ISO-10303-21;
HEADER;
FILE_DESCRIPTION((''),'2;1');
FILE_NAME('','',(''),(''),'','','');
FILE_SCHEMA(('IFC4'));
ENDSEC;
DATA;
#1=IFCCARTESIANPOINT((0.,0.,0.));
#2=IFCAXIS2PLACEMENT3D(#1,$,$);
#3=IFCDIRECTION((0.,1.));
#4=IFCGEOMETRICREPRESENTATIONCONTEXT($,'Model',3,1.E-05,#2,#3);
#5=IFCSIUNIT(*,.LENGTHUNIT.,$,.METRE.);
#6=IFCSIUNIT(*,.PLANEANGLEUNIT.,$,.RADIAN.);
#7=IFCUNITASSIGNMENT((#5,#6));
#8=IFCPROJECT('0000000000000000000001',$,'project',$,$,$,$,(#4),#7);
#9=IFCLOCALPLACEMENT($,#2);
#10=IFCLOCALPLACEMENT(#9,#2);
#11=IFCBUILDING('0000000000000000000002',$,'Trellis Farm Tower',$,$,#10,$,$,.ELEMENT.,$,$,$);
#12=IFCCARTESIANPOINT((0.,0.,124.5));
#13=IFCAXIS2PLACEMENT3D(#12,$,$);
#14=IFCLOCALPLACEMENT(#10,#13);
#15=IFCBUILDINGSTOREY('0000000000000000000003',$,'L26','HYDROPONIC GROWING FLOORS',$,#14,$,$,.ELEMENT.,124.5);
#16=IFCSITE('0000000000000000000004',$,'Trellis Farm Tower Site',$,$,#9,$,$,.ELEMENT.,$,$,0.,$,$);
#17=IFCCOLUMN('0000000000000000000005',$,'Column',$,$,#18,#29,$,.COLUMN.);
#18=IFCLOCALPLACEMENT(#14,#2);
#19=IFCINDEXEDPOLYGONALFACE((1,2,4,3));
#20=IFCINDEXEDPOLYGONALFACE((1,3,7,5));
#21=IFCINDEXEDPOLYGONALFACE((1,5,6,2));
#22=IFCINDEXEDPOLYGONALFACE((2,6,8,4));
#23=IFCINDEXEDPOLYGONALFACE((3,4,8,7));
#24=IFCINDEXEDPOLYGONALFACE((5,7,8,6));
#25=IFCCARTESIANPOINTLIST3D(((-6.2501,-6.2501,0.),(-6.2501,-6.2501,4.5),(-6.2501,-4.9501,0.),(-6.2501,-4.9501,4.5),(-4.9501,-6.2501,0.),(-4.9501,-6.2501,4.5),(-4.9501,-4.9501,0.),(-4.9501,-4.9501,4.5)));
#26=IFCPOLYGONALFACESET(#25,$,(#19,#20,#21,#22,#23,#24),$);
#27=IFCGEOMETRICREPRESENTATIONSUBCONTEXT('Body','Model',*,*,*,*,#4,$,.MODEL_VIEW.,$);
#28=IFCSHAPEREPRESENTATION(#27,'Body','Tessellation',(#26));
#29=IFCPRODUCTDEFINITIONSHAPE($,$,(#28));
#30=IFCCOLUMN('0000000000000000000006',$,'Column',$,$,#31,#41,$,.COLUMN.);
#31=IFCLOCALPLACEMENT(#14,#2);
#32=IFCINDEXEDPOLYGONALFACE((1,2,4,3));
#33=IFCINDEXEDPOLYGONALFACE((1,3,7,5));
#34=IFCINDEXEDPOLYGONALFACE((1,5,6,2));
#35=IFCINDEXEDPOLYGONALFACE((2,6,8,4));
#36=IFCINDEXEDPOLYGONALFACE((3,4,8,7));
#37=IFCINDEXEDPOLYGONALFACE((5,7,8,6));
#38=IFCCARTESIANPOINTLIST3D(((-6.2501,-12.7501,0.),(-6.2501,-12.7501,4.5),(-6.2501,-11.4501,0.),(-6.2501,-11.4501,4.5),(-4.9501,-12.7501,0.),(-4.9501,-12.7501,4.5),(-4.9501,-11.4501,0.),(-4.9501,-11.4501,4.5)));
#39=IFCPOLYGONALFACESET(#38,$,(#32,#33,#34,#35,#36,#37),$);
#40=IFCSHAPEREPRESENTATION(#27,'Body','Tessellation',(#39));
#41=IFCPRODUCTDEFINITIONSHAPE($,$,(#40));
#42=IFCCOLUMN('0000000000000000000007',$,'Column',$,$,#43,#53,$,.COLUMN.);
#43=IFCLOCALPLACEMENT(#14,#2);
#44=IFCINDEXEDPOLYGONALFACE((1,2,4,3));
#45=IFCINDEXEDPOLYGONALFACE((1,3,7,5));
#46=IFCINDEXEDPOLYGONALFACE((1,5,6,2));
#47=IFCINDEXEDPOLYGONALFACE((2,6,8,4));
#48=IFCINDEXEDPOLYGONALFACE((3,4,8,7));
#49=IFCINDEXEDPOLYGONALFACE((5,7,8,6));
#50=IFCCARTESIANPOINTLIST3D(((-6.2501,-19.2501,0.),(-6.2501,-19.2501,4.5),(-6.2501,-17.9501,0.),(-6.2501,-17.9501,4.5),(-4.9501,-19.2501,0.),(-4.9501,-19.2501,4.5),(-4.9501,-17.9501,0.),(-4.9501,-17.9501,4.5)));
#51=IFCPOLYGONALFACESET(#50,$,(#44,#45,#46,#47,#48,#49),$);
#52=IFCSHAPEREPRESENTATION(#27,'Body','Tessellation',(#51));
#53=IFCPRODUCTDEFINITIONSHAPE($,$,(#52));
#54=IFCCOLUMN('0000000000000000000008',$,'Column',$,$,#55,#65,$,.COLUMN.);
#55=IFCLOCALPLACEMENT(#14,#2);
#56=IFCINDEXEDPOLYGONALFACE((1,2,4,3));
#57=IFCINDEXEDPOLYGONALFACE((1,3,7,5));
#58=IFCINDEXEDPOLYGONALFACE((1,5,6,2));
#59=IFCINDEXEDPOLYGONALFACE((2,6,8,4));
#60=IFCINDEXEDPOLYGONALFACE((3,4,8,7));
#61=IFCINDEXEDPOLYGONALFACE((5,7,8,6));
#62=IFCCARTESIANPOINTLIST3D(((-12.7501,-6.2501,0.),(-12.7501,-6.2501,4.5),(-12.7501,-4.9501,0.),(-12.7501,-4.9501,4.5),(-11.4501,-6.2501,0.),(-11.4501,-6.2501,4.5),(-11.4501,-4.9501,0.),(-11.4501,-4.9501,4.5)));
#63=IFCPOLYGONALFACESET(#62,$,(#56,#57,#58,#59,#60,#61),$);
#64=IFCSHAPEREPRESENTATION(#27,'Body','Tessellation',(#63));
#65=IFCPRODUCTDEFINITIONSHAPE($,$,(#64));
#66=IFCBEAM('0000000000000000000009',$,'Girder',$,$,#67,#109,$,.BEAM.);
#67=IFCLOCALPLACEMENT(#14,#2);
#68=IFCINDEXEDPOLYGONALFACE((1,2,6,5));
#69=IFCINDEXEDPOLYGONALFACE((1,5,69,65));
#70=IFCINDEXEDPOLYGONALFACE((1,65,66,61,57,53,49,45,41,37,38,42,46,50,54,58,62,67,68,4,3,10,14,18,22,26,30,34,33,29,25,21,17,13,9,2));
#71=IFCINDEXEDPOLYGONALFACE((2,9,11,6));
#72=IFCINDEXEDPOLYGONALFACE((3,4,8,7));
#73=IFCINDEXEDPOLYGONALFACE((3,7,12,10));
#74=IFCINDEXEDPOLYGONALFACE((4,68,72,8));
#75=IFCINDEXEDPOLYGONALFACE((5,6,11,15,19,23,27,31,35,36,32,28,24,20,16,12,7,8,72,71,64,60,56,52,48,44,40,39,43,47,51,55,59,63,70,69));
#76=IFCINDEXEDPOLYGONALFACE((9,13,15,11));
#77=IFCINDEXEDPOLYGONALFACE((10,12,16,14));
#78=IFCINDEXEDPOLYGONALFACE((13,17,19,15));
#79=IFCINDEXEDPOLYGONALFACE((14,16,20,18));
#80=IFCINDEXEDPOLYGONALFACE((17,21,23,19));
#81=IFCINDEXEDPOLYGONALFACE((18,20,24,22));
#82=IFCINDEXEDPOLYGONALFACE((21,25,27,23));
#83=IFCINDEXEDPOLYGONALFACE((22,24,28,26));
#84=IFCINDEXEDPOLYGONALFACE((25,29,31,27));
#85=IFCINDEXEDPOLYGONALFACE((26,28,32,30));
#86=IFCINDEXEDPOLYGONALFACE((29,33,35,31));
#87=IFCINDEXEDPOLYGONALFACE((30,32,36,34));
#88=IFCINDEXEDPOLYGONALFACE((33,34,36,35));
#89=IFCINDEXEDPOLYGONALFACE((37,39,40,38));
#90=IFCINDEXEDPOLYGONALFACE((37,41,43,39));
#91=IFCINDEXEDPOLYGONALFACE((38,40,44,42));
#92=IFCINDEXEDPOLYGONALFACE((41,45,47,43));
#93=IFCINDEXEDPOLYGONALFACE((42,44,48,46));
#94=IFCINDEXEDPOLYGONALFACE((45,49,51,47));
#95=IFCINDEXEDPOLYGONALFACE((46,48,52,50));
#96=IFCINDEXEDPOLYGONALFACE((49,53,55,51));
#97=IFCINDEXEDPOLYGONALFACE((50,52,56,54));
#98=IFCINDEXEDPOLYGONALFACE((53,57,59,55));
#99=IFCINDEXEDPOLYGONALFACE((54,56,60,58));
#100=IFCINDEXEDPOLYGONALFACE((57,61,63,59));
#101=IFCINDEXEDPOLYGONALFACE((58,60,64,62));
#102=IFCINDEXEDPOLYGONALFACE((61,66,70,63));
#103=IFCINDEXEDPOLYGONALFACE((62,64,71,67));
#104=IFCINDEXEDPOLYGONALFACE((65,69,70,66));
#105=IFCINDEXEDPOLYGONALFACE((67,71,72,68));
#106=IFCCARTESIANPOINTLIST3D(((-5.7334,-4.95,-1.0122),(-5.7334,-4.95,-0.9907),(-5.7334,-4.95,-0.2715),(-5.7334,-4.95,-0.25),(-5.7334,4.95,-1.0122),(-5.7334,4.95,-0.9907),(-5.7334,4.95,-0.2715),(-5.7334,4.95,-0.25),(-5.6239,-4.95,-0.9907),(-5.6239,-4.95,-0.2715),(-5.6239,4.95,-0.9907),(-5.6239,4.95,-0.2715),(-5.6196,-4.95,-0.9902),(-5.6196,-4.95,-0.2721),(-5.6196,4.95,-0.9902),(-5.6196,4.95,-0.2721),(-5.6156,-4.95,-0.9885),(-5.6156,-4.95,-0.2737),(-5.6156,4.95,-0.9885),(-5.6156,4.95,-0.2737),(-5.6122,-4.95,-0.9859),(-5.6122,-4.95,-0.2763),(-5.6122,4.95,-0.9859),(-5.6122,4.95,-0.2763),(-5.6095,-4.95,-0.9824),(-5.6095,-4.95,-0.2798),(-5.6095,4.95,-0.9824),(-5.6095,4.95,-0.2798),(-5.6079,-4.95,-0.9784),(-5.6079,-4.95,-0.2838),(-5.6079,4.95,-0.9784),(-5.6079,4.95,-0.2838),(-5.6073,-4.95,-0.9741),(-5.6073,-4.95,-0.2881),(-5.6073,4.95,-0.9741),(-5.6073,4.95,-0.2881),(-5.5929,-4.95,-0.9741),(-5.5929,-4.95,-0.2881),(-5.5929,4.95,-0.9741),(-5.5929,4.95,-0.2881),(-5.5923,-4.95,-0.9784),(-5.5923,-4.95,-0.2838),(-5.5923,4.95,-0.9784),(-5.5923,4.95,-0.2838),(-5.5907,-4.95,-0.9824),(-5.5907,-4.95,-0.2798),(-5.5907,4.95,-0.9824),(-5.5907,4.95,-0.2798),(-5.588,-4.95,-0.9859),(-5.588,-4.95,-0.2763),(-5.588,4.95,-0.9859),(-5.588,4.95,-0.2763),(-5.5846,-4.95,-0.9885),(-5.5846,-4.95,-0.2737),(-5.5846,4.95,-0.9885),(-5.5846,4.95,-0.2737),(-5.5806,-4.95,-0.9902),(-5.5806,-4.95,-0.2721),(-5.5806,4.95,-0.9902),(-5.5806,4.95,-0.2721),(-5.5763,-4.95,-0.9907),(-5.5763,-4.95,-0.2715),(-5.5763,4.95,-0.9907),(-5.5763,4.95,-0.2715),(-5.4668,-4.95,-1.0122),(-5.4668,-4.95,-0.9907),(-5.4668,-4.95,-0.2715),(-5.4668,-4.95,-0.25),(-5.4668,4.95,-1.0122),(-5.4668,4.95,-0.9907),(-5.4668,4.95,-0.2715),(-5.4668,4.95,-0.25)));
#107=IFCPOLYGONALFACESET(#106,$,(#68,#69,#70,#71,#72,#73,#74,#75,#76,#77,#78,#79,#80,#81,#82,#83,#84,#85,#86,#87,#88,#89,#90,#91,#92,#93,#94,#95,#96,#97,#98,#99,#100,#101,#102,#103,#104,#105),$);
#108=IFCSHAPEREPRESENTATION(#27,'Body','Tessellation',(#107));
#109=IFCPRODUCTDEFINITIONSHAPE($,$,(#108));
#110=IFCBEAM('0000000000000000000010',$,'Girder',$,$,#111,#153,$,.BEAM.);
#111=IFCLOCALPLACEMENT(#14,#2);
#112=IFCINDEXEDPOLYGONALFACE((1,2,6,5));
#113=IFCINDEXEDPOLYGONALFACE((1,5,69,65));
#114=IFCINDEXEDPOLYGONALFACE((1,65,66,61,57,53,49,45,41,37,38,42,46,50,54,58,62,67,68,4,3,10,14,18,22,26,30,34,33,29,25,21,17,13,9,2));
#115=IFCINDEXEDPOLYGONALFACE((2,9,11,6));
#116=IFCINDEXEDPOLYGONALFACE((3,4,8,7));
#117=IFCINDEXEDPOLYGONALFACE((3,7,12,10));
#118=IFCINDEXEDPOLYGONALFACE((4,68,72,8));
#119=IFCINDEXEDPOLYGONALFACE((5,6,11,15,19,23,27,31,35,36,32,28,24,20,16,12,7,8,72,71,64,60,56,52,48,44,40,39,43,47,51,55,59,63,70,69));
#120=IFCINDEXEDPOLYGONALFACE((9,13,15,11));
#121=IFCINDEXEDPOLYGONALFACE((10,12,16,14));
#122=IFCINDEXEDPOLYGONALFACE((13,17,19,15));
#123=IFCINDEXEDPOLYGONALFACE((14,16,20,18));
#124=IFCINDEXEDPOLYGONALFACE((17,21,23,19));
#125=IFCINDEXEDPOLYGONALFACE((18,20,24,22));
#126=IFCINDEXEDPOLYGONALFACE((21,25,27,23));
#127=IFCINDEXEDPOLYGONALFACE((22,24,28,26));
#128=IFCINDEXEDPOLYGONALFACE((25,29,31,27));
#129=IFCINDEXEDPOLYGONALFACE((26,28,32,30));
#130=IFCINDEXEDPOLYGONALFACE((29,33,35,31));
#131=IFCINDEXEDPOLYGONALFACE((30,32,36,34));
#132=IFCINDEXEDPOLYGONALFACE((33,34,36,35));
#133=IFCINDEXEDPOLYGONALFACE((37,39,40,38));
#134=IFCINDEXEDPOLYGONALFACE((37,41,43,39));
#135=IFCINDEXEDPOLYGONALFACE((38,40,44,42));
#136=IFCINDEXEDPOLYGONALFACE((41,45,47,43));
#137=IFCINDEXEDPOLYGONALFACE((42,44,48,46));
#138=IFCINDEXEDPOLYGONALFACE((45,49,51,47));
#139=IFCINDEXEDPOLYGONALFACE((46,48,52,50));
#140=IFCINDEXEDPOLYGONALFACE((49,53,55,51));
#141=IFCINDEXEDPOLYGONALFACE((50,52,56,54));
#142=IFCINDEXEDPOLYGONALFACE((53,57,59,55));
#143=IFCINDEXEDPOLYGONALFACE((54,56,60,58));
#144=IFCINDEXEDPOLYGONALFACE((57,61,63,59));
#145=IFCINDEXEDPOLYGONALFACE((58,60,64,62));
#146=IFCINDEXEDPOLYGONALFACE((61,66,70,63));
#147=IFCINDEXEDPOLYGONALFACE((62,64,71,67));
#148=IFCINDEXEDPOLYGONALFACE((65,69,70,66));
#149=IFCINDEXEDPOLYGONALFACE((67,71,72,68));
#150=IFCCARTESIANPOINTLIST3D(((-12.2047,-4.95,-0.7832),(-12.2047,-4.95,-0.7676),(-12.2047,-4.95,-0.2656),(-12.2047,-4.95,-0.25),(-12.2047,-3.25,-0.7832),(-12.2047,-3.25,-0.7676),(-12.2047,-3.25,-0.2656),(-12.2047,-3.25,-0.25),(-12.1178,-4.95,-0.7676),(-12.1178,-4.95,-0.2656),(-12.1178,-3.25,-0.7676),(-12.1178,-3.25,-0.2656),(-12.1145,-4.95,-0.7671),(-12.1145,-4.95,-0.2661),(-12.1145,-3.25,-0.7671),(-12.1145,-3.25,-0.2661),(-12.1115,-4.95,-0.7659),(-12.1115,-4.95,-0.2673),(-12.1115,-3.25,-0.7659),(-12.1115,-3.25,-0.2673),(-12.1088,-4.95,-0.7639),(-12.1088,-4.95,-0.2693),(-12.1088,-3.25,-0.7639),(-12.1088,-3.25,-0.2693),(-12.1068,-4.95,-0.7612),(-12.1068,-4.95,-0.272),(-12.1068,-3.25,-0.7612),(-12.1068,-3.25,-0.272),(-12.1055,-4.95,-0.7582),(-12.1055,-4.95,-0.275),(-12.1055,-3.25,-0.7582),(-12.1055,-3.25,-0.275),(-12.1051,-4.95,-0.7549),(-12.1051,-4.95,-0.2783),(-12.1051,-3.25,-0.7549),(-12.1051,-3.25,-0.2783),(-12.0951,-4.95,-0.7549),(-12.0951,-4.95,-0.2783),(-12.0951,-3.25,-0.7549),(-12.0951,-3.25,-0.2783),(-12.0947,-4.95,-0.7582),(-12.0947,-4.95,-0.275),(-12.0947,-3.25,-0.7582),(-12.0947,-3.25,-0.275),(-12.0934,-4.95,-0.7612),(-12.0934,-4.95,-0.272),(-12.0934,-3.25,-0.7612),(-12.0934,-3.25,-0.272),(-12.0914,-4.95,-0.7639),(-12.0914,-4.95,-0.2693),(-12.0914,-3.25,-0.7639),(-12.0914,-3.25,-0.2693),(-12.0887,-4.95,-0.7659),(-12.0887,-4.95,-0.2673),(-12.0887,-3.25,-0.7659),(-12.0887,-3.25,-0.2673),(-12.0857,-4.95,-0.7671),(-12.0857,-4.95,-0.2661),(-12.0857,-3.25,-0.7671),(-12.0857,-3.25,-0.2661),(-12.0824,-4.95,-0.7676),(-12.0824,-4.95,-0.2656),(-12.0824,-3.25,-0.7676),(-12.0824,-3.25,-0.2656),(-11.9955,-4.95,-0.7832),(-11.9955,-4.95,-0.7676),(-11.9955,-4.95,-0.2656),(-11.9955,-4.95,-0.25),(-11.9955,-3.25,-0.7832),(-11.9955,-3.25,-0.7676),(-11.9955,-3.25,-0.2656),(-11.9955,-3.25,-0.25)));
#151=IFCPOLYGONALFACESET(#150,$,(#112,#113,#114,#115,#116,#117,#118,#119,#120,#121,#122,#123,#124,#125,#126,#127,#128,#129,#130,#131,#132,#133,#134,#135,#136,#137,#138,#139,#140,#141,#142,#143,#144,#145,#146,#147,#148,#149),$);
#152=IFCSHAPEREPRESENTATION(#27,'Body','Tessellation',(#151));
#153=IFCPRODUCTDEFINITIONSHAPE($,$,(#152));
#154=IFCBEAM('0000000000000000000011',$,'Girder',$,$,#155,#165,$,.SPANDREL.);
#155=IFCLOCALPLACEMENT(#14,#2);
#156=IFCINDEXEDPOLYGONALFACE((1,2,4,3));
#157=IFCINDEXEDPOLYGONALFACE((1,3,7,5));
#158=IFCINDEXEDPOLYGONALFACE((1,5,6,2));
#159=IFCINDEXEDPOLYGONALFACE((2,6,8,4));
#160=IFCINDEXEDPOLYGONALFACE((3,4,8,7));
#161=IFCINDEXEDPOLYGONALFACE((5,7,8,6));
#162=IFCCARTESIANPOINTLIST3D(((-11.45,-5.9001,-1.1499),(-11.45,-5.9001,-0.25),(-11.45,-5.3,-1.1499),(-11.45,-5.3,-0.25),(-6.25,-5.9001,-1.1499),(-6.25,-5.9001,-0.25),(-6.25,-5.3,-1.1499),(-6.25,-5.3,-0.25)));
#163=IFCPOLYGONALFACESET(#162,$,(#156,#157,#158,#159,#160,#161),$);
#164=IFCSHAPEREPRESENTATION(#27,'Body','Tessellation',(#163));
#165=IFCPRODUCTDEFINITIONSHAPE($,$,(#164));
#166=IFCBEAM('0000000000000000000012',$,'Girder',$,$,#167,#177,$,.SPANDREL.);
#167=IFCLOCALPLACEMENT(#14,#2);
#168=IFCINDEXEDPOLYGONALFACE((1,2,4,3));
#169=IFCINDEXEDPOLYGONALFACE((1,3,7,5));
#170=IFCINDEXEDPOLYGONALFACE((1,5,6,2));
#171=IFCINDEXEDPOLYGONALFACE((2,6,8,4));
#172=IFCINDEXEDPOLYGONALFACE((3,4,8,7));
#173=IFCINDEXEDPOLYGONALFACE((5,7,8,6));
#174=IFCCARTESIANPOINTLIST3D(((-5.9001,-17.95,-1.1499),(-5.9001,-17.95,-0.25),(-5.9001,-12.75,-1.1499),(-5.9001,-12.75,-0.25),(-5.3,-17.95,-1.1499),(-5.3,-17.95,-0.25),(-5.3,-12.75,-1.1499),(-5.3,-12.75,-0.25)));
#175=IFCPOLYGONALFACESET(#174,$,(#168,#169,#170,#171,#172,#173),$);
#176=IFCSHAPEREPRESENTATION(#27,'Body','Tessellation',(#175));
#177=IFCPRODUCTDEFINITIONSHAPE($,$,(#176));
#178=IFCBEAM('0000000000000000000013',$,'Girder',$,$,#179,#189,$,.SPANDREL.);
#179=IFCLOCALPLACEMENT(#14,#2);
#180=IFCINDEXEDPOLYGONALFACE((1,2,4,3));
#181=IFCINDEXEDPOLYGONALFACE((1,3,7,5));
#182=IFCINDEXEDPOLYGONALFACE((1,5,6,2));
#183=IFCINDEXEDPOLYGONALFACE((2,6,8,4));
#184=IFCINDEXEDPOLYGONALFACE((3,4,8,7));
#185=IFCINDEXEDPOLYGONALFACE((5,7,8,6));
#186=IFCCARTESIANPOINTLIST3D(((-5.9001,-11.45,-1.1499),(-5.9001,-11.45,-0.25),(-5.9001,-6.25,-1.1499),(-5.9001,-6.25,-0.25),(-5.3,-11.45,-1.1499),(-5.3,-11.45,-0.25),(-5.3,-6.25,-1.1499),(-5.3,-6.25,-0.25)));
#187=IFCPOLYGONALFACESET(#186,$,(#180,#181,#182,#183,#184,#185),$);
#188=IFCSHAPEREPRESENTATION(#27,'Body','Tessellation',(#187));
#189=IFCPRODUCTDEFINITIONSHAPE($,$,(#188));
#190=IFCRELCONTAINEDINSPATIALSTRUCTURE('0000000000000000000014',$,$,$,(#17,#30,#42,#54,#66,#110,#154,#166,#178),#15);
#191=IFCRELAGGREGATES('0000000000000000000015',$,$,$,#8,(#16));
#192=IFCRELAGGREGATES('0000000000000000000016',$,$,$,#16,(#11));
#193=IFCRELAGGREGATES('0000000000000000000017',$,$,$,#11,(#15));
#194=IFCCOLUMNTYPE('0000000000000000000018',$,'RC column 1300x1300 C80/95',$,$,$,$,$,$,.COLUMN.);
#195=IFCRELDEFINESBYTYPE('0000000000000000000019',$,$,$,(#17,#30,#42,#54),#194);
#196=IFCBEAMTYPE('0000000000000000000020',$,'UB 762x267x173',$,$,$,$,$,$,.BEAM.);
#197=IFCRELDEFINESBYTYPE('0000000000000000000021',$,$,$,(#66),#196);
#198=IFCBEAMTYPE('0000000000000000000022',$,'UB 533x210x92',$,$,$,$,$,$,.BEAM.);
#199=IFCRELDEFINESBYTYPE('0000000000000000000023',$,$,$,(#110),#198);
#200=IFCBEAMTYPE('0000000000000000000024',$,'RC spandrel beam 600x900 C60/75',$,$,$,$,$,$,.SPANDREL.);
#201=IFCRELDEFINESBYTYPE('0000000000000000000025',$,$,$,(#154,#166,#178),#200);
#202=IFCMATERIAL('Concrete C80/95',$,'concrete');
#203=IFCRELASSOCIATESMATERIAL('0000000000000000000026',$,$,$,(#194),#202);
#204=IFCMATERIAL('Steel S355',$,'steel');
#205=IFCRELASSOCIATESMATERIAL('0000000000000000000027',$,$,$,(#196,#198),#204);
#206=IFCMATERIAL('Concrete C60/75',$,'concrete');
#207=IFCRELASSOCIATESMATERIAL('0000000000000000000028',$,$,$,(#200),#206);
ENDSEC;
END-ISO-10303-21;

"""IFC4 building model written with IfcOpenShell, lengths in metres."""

from ifc_helpers import new_model, si_unit, direction, frame, origin, origin_2d, place, context, subcontext, project, spatial, rectangle, i_section, extrude, source, transform, mapped, material, material_profile, profile_set, type_object, element, save


model = new_model("IFC4")

# Units and contexts
model_context = context("Model", 3, precision=1e-05, world=origin(), true_north=direction((0.0, 1.0)))
body_context = subcontext(model_context, "Body", "Model", "MODEL_VIEW")
ifc_project = project(units=[si_unit("LENGTHUNIT", "METRE"), si_unit("PLANEANGLEUNIT", "RADIAN")], contexts=[model_context])

# Site, building, storey
site_placement = place(None, origin())
site = spatial("IfcSite", under=ifc_project, at=site_placement, Name="Trellis Farm Tower Site", CompositionType="ELEMENT", RefElevation=0.0)
building_placement = place(site_placement, origin())
building = spatial("IfcBuilding", under=site, at=building_placement, Name="Trellis Farm Tower", CompositionType="ELEMENT")
storey_placement = place(building_placement, frame((0.0, 0.0, 124.5)))
storey = spatial("IfcBuildingStorey", under=building, at=storey_placement, Name="L26", Description="HYDROPONIC GROWING FLOORS", CompositionType="ELEMENT", Elevation=124.5)

# Columns
ifc_material_1 = material(Name="Concrete C80/95", Category="concrete")
ifc_material_profile_1 = material_profile(ifc_material_1, rectangle(XDim=1.3, YDim=1.3, at=origin_2d()), Name="RC column 1300x1300 C80/95")
ifc_profile_set_1 = profile_set([ifc_material_profile_1], Name="Concrete C80/95")
column_type = type_object("IfcColumnType", Name="RC column 1300x1300 C80/95", PredefinedType="COLUMN", material=ifc_profile_set_1)
shared_shape_1 = source(origin(), body_context, "Body", "SweptSolid", [
    extrude(rectangle(XDim=1.3, YDim=1.3, at=origin_2d()), origin(), (0.0, 0.0, 1.0), 4.5),
])
for number, where, z_axis, x_axis, name in (
    (1, (-5.6001, -5.6001, 0.0), (0.0, 0.0, 1.0), (1.0, 0.0, 0.0), "Column"),
    (2, (-5.6001, -12.1001, 0.0), (0.0, 0.0, 1.0), (1.0, 0.0, 0.0), "Column"),
    (3, (-5.6001, -18.6001, 0.0), (0.0, 0.0, 1.0), (1.0, 0.0, 0.0), "Column"),
    (4, (-12.1001, -5.6001, 0.0), (0.0, 0.0, 1.0), (1.0, 0.0, 0.0), "Column"),
):
    element("IfcColumn", number, at=place(storey_placement, frame(where, z_axis=z_axis, x_axis=x_axis)), inside=storey, type_object=column_type, Name=name, PredefinedType="COLUMN", context=body_context, shape_type="MappedRepresentation", body=[
        mapped(shared_shape_1, transform((0.0, 0.0, 0.0))),
    ])

# Beams
ifc_material_2 = material(Name="Steel S355", Category="steel")
ifc_material_profile_2 = material_profile(ifc_material_2, i_section(OverallWidth=0.2666, OverallDepth=0.7622, WebThickness=0.0144, FlangeThickness=0.0215, FilletRadius=0.0166, at=origin_2d()), Name="UB 762x267x173")
ifc_profile_set_2 = profile_set([ifc_material_profile_2], Name="Steel S355")
beam_type_1 = type_object("IfcBeamType", Name="UB 762x267x173", PredefinedType="BEAM", material=ifc_profile_set_2)
shared_shape_2 = source(origin(), body_context, "Body", "SweptSolid", [
    extrude(i_section(OverallWidth=0.2666, OverallDepth=0.7622, WebThickness=0.0144, FlangeThickness=0.0215, FilletRadius=0.0166, at=origin_2d()), origin(), (0.0, 0.0, 1.0), 9.8999),
])
beam_1_placement = place(storey_placement, frame((-5.6001, -4.95, -0.6311), z_axis=(0.0, 1.0, 0.0), x_axis=(-1.0, 0.0, 0.0)))
element("IfcBeam", 5, at=beam_1_placement, inside=storey, type_object=beam_type_1, Name="Girder", PredefinedType="BEAM", context=body_context, shape_type="MappedRepresentation", body=[
    mapped(shared_shape_2, transform((0.0, 0.0, 0.0))),
])
ifc_material_profile_3 = material_profile(ifc_material_2, i_section(OverallWidth=0.2092, OverallDepth=0.5332, WebThickness=0.01, FlangeThickness=0.0156, FilletRadius=0.0127, at=origin_2d()), Name="UB 533x210x92")
ifc_profile_set_3 = profile_set([ifc_material_profile_3], Name="Steel S355")
beam_type_2 = type_object("IfcBeamType", Name="UB 533x210x92", PredefinedType="BEAM", material=ifc_profile_set_3)
shared_shape_3 = source(origin(), body_context, "Body", "SweptSolid", [
    extrude(i_section(OverallWidth=0.2092, OverallDepth=0.5332, WebThickness=0.01, FlangeThickness=0.0156, FilletRadius=0.0127, at=origin_2d()), origin(), (0.0, 0.0, 1.0), 1.7),
])
beam_2_placement = place(storey_placement, frame((-12.1001, -4.95, -0.5166), z_axis=(0.0, 1.0, 0.0), x_axis=(-1.0, 0.0, 0.0)))
element("IfcBeam", 6, at=beam_2_placement, inside=storey, type_object=beam_type_2, Name="Girder", PredefinedType="BEAM", context=body_context, shape_type="MappedRepresentation", body=[
    mapped(shared_shape_3, transform((0.0, 0.0, 0.0))),
])
ifc_material_3 = material(Name="Concrete C60/75", Category="concrete")
ifc_material_profile_4 = material_profile(ifc_material_3, rectangle(XDim=0.6001, YDim=0.8999, at=origin_2d()), Name="RC spandrel beam 600x900 C60/75")
ifc_profile_set_4 = profile_set([ifc_material_profile_4], Name="Concrete C60/75")
beam_type_3 = type_object("IfcBeamType", Name="RC spandrel beam 600x900 C60/75", PredefinedType="SPANDREL", material=ifc_profile_set_4)
shared_shape_4 = source(origin(), body_context, "Body", "SweptSolid", [
    extrude(rectangle(XDim=0.6001, YDim=0.8999, at=origin_2d()), origin(), (0.0, 0.0, 1.0), 5.2),
])
for number, where, z_axis, x_axis, name in (
    (7, (-11.45, -5.6001, -0.7), (1.0, 0.0, 0.0), (0.0, 1.0, 0.0), "Girder"),
    (8, (-5.6001, -17.95, -0.7), (0.0, 1.0, 0.0), (-1.0, 0.0, 0.0), "Girder"),
    (9, (-5.6001, -11.45, -0.7), (0.0, 1.0, 0.0), (-1.0, 0.0, 0.0), "Girder"),
):
    element("IfcBeam", number, at=place(storey_placement, frame(where, z_axis=z_axis, x_axis=x_axis)), inside=storey, type_object=beam_type_3, Name=name, PredefinedType="SPANDREL", context=body_context, shape_type="MappedRepresentation", body=[
        mapped(shared_shape_4, transform((0.0, 0.0, 0.0))),
    ])

save(model, "model.ifc")
